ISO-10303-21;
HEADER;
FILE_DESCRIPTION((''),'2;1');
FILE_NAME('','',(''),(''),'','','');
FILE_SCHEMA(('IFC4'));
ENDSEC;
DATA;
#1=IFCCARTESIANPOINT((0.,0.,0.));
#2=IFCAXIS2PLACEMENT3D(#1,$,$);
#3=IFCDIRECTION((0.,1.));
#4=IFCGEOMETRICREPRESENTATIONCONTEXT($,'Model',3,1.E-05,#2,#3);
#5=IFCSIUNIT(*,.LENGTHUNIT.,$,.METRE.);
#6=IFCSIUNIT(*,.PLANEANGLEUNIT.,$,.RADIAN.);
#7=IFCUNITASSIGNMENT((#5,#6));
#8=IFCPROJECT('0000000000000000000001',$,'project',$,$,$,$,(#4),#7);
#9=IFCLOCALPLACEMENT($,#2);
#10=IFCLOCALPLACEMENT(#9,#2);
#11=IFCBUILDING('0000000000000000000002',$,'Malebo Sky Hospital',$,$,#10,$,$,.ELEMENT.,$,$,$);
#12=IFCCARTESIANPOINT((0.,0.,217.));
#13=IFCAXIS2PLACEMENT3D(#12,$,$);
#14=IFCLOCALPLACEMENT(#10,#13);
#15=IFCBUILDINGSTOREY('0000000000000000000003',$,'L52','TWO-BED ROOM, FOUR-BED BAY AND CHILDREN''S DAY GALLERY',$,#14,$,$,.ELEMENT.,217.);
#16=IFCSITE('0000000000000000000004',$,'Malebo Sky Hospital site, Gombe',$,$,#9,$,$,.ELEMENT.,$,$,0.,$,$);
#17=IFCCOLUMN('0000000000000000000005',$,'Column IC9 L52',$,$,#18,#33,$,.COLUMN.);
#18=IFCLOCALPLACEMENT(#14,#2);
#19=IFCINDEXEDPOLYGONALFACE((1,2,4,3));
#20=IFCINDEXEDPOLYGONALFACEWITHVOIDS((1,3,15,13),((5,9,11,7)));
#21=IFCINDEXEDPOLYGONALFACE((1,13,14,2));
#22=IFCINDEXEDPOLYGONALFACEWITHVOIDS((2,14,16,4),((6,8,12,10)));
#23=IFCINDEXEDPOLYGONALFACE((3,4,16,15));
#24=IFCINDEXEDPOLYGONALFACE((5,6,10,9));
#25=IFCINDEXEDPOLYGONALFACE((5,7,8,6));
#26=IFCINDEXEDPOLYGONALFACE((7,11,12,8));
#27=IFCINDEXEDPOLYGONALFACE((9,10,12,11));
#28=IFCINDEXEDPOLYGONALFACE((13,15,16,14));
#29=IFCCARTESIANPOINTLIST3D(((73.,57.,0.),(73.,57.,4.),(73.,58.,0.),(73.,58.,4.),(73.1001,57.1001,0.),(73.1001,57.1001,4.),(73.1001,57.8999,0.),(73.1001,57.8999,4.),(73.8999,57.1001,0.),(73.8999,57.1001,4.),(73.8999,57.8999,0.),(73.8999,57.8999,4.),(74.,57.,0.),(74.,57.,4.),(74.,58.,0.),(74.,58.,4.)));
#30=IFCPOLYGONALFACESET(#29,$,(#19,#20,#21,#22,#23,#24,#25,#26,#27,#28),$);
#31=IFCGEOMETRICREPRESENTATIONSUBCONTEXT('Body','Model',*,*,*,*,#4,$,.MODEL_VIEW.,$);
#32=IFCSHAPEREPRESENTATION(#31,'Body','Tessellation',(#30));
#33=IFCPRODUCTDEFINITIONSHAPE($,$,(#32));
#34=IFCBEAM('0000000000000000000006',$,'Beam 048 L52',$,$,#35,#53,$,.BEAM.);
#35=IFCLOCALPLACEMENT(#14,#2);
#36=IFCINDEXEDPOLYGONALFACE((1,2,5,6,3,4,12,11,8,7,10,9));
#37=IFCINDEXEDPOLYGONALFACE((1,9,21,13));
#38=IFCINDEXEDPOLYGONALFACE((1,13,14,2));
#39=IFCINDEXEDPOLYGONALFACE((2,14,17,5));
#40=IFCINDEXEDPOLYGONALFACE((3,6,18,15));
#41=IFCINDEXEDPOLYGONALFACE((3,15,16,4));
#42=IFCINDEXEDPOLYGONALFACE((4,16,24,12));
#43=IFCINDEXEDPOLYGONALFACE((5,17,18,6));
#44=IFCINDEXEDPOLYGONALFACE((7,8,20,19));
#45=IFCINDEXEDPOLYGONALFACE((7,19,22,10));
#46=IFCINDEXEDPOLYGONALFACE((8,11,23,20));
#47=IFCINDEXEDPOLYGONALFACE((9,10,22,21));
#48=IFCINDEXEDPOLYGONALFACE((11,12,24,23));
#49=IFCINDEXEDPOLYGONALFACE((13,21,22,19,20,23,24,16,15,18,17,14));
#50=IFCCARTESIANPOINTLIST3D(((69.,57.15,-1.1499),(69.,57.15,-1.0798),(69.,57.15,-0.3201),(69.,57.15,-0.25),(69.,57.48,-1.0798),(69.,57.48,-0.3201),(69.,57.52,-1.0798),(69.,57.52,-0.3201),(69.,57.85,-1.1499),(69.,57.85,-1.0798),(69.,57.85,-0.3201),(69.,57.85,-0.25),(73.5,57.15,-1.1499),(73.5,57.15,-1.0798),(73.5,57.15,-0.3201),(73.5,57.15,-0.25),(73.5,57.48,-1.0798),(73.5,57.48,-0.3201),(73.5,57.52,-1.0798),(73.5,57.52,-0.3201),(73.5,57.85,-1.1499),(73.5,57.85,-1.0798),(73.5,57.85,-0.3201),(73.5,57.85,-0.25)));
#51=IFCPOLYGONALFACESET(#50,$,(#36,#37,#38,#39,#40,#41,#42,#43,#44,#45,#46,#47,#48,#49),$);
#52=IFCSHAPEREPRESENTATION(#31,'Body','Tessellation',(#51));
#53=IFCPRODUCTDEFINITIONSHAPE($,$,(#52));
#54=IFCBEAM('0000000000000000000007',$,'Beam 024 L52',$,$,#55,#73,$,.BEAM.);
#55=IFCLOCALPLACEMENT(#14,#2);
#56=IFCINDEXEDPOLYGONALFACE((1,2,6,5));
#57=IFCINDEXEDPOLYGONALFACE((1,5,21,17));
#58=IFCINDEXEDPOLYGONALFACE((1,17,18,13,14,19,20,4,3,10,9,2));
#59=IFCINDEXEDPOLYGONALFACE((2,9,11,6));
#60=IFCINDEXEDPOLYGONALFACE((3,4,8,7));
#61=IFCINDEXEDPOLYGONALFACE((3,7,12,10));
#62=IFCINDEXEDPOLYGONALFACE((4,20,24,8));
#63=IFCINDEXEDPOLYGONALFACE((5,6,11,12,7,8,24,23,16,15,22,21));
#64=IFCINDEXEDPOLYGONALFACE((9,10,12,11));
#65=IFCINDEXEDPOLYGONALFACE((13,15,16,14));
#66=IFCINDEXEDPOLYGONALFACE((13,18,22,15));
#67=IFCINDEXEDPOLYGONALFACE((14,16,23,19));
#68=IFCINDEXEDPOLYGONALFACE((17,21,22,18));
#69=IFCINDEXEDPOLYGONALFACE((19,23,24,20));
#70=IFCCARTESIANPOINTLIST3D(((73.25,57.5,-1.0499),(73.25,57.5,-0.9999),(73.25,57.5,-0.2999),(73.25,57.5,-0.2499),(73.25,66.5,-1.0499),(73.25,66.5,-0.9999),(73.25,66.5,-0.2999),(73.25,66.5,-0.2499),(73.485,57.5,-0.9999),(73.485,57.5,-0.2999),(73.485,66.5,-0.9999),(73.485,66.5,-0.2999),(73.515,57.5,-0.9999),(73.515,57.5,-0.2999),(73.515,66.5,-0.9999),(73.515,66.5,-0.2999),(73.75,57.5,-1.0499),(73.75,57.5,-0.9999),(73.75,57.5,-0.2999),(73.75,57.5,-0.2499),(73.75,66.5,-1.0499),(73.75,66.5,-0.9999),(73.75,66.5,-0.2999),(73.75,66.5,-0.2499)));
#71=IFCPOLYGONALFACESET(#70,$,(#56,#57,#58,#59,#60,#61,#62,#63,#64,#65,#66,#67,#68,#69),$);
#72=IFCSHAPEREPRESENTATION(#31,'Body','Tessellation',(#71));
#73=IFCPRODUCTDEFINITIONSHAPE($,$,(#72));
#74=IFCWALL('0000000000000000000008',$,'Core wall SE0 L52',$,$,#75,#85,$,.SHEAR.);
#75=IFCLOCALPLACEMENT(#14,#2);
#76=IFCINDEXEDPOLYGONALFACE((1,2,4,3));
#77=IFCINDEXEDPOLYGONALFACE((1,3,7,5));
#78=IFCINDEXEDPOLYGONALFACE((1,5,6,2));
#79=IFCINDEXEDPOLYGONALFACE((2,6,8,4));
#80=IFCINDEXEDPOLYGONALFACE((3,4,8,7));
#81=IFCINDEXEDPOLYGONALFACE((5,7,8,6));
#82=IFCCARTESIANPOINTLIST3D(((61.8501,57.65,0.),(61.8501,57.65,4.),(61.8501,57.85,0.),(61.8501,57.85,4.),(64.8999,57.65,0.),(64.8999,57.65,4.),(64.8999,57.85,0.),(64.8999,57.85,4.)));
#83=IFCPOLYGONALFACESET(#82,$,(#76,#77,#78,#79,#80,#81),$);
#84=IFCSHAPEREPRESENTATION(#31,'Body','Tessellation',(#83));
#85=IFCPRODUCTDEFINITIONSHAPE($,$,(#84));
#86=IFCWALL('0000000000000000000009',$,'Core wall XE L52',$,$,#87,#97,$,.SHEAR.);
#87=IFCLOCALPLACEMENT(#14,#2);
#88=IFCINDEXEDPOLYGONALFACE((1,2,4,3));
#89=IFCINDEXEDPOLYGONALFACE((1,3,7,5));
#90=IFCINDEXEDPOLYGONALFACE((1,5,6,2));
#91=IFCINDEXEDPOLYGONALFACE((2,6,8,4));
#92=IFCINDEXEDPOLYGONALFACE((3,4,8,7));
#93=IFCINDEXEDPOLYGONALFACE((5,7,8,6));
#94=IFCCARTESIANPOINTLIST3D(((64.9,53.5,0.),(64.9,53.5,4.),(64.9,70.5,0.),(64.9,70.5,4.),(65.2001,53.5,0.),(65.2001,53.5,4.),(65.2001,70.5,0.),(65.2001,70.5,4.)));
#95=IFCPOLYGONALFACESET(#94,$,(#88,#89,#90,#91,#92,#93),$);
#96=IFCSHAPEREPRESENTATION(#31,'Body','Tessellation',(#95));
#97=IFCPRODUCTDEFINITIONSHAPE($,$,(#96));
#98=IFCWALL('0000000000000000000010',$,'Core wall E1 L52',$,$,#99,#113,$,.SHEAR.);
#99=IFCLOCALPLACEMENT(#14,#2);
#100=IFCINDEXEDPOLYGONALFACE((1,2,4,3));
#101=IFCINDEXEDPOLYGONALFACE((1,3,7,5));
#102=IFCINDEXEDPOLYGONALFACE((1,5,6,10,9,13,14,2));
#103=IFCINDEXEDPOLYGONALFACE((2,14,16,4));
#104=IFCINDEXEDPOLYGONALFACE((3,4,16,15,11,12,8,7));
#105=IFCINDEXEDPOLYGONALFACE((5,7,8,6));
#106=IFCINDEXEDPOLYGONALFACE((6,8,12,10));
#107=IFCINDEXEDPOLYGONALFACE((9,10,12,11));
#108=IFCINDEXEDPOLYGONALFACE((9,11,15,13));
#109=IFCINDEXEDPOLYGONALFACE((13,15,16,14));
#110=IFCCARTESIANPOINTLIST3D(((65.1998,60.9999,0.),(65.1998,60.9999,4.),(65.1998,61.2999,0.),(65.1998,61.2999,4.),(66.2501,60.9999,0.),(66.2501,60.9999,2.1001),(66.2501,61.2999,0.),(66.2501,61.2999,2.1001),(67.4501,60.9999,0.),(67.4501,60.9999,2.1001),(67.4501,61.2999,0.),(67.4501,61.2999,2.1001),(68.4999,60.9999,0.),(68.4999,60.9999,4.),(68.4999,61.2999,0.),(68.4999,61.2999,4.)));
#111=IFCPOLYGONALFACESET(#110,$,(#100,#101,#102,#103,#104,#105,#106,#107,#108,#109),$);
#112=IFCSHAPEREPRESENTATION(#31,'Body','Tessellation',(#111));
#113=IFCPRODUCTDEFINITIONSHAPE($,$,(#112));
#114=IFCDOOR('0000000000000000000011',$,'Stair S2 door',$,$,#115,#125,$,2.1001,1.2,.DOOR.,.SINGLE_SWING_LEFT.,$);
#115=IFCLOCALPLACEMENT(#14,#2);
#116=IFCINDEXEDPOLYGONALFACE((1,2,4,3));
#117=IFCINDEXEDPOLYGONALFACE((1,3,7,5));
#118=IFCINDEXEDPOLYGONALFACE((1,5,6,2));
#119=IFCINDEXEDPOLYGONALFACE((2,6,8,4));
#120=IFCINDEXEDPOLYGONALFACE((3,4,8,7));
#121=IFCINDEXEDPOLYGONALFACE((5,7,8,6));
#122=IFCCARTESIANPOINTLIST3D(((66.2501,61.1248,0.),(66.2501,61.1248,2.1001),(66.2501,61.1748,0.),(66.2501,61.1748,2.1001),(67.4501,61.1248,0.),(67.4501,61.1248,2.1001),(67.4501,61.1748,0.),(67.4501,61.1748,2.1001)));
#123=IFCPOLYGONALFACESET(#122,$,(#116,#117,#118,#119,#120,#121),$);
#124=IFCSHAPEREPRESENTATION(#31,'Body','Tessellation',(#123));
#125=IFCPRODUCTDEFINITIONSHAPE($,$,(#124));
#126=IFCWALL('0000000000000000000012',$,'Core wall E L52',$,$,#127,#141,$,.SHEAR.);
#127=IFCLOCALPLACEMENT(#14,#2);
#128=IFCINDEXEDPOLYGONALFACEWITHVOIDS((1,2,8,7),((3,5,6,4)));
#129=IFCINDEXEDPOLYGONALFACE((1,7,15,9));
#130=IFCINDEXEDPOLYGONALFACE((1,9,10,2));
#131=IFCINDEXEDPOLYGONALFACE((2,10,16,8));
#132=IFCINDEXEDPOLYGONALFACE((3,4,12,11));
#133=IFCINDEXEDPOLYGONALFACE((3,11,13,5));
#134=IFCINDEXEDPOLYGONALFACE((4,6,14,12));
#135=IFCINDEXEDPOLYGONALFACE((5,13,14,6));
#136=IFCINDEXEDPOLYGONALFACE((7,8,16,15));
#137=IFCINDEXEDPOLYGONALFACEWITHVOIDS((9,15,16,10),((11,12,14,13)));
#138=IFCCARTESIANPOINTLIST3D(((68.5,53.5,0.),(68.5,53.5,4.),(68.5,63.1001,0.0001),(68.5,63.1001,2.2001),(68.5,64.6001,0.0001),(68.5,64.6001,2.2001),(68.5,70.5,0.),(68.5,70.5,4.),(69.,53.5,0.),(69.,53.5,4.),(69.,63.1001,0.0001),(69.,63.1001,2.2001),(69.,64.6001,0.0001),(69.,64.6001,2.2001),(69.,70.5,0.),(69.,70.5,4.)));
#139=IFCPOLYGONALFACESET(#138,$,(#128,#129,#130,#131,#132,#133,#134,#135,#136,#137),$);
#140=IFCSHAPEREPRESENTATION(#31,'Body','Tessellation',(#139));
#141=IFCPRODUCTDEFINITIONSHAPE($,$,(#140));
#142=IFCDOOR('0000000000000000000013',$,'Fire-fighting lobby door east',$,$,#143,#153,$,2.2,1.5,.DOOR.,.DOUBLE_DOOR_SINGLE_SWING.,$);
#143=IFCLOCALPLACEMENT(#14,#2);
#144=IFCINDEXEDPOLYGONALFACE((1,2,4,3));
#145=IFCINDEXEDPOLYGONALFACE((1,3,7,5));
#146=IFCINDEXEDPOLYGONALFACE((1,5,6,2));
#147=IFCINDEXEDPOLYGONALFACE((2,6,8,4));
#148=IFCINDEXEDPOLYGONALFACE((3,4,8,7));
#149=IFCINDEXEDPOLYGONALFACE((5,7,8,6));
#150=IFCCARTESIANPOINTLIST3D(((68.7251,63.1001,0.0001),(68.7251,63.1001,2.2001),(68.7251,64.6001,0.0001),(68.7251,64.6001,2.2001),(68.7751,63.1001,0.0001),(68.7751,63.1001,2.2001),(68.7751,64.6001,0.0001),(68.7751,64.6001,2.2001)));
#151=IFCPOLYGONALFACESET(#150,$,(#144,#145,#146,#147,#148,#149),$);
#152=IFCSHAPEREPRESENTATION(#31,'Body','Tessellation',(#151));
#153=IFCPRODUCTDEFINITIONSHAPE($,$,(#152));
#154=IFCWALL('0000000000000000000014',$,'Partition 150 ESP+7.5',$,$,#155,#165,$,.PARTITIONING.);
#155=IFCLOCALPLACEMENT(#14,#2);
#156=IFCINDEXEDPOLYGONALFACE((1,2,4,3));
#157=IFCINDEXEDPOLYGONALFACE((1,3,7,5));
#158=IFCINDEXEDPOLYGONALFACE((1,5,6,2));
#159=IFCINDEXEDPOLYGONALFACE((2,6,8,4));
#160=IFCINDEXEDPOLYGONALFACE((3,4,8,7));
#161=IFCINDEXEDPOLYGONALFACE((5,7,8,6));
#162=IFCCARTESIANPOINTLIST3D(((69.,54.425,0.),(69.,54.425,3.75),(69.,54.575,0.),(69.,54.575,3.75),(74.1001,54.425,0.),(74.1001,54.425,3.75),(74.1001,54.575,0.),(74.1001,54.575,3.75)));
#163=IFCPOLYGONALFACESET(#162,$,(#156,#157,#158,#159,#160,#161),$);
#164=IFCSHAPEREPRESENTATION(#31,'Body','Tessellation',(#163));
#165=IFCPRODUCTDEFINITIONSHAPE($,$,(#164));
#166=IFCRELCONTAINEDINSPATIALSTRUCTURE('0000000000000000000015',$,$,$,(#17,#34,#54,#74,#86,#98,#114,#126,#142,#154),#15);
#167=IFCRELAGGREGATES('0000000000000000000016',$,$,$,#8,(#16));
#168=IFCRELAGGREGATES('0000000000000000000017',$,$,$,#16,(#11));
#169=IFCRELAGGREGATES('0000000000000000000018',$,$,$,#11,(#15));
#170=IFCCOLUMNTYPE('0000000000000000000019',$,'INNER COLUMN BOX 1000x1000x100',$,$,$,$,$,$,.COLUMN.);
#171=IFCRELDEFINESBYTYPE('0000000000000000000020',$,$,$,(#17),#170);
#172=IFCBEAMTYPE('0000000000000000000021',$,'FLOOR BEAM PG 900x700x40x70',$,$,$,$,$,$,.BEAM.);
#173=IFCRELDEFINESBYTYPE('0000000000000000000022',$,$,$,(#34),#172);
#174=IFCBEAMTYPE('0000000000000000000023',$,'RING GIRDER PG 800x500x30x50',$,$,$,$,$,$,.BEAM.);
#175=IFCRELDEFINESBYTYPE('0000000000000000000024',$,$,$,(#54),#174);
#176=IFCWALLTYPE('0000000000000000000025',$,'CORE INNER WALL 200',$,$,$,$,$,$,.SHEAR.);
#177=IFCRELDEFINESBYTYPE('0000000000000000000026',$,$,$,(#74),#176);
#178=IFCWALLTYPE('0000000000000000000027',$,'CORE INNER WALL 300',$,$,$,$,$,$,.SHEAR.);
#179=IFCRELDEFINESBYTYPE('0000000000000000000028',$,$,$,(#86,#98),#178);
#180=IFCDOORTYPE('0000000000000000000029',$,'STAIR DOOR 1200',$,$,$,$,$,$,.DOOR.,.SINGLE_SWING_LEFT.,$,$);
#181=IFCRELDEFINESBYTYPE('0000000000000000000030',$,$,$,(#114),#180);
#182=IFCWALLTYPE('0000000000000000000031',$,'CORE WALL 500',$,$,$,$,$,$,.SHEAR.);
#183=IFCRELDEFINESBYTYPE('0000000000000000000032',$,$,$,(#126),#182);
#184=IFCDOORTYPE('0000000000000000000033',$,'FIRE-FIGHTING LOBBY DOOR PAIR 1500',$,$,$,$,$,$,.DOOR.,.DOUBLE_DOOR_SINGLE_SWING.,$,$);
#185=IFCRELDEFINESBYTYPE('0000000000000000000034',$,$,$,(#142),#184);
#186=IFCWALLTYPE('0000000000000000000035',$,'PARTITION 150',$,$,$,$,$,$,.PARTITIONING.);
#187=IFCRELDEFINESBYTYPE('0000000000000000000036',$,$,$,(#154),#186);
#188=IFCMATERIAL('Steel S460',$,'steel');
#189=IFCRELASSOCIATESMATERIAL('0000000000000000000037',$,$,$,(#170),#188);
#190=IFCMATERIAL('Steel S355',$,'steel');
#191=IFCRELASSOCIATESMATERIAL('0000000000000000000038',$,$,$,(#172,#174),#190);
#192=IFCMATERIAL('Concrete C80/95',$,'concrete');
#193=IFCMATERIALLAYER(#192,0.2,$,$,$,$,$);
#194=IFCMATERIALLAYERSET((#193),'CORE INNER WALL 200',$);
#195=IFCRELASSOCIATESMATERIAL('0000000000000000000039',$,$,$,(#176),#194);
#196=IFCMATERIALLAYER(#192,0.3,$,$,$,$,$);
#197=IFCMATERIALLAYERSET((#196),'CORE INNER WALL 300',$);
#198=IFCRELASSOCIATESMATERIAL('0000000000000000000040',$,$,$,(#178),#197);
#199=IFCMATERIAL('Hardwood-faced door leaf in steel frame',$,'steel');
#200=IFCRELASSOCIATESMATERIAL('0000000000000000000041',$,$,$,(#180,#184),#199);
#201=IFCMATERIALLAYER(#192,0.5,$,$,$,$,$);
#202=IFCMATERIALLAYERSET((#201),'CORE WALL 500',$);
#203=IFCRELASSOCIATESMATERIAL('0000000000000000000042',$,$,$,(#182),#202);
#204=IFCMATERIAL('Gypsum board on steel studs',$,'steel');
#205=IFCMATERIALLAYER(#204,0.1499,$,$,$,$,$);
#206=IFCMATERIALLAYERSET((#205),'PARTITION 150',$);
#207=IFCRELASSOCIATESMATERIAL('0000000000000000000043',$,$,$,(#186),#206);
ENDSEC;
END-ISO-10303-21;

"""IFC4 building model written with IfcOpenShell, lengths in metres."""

from ifc_helpers import new_model, si_unit, direction, frame, frame_2d, origin, origin_2d, place, context, subcontext, project, spatial, rectangle, hollow_rectangle, i_section, extrude, material, layer, layer_set, material_profile, profile_set, type_object, element, fill, save


model = new_model("IFC4")

# Units and contexts
model_context = context("Model", 3, precision=1e-05, world=origin(), true_north=direction((0.0, 1.0)))
body_context = subcontext(model_context, "Body", "Model", "MODEL_VIEW")
ifc_project = project(units=[si_unit("LENGTHUNIT", "METRE"), si_unit("PLANEANGLEUNIT", "RADIAN")], contexts=[model_context])

# Site, building, storey
site_placement = place(None, origin())
site = spatial("IfcSite", under=ifc_project, at=site_placement, Name="Malebo Sky Hospital site, Gombe", CompositionType="ELEMENT", RefElevation=0.0)
building_placement = place(site_placement, origin())
building = spatial("IfcBuilding", under=site, at=building_placement, Name="Malebo Sky Hospital", CompositionType="ELEMENT")
storey_placement = place(building_placement, frame((0.0, 0.0, 217.0)))
storey = spatial("IfcBuildingStorey", under=building, at=storey_placement, Name="L52", Description="TWO-BED ROOM, FOUR-BED BAY AND CHILDREN'S DAY GALLERY", CompositionType="ELEMENT", Elevation=217.0)

# Column
ifc_material_1 = material(Name="Steel S460", Category="steel")
ifc_material_profile_1 = material_profile(ifc_material_1, hollow_rectangle(XDim=1.0, YDim=1.0, WallThickness=0.1001, at=origin_2d()), Name="BOX 1000x1000x100")
ifc_profile_set_1 = profile_set([ifc_material_profile_1], Name="Steel S460")
column_type = type_object("IfcColumnType", Name="INNER COLUMN BOX 1000x1000x100", PredefinedType="COLUMN", material=ifc_profile_set_1)
column_placement = place(storey_placement, frame((73.5, 57.5, 0.0), z_axis=(0.0, 0.0, 1.0), x_axis=(1.0, 0.0, 0.0)))
element("IfcColumn", 1, at=column_placement, inside=storey, type_object=column_type, Name="Column IC9 L52", PredefinedType="COLUMN", context=body_context, shape_type="SweptSolid", body=[
    extrude(hollow_rectangle(XDim=1.0, YDim=1.0, WallThickness=0.1001, at=origin_2d()), origin(), (0.0, 0.0, 1.0), 4.0),
])

# Beams
ifc_material_2 = material(Name="Steel S355", Category="steel")
ifc_material_profile_2 = material_profile(ifc_material_2, i_section(OverallWidth=0.7, OverallDepth=0.8999, WebThickness=0.04, FlangeThickness=0.0701, at=origin_2d()), Name="PG 900x700x40x70")
ifc_profile_set_2 = profile_set([ifc_material_profile_2], Name="Steel S355")
beam_type_1 = type_object("IfcBeamType", Name="FLOOR BEAM PG 900x700x40x70", PredefinedType="BEAM", material=ifc_profile_set_2)
beam_1_placement = place(storey_placement, frame((69.0, 57.5, -0.7), z_axis=(1.0, 0.0, 0.0), x_axis=(0.0, 1.0, 0.0)))
element("IfcBeam", 2, at=beam_1_placement, inside=storey, type_object=beam_type_1, Name="Beam 048 L52", PredefinedType="BEAM", context=body_context, shape_type="SweptSolid", body=[
    extrude(i_section(OverallWidth=0.7, OverallDepth=0.8999, WebThickness=0.04, FlangeThickness=0.0701, at=origin_2d()), origin(), (0.0, 0.0, 1.0), 4.5),
])
ifc_material_profile_3 = material_profile(ifc_material_2, i_section(OverallWidth=0.5, OverallDepth=0.8, WebThickness=0.03, FlangeThickness=0.05, at=origin_2d()), Name="PG 800x500x30x50")
ifc_profile_set_3 = profile_set([ifc_material_profile_3], Name="Steel S355")
beam_type_2 = type_object("IfcBeamType", Name="RING GIRDER PG 800x500x30x50", PredefinedType="BEAM", material=ifc_profile_set_3)
beam_2_placement = place(storey_placement, frame((73.5, 57.5, -0.6499), z_axis=(0.0, 1.0, 0.0), x_axis=(-1.0, 0.0, 0.0)))
element("IfcBeam", 3, at=beam_2_placement, inside=storey, type_object=beam_type_2, Name="Beam 024 L52", PredefinedType="BEAM", context=body_context, shape_type="SweptSolid", body=[
    extrude(i_section(OverallWidth=0.5, OverallDepth=0.8, WebThickness=0.03, FlangeThickness=0.05, at=origin_2d()), origin(), (0.0, 0.0, 1.0), 9.0),
])

# Walls
ifc_material_3 = material(Name="Concrete C80/95", Category="concrete")
ifc_layer_1 = layer(ifc_material_3, 0.2)
ifc_layer_set_1 = layer_set([ifc_layer_1], Name="CORE INNER WALL 200")
wall_type_1 = type_object("IfcWallType", Name="CORE INNER WALL 200", PredefinedType="SHEAR", material=ifc_layer_set_1)
wall_1_placement = place(storey_placement, frame((61.8501, 57.75, 0.0), z_axis=(0.0, 0.0, 1.0), x_axis=(1.0, 0.0, 0.0)))
element("IfcWall", 4, at=wall_1_placement, inside=storey, type_object=wall_type_1, Name="Core wall SE0 L52", PredefinedType="SHEAR", context=body_context, shape_type="SweptSolid", body=[
    extrude(rectangle(XDim=3.0498, YDim=0.2, at=frame_2d((1.5249, 0.0))), origin(), (0.0, 0.0, 1.0), 4.0),
])
ifc_layer_2 = layer(ifc_material_3, 0.3)
ifc_layer_set_2 = layer_set([ifc_layer_2], Name="CORE INNER WALL 300")
wall_type_2 = type_object("IfcWallType", Name="CORE INNER WALL 300", PredefinedType="SHEAR", material=ifc_layer_set_2)
wall_2_placement = place(storey_placement, frame((65.05, 53.5, 0.0), z_axis=(0.0, 0.0, 1.0), x_axis=(0.0, 1.0, 0.0)))
element("IfcWall", 5, at=wall_2_placement, inside=storey, type_object=wall_type_2, Name="Core wall XE L52", PredefinedType="SHEAR", context=body_context, shape_type="SweptSolid", body=[
    extrude(rectangle(XDim=17.0, YDim=0.3, at=frame_2d((8.5, 0.0))), origin(), (0.0, 0.0, 1.0), 4.0),
])

# Walls, openings, doors
wall_3_placement = place(storey_placement, frame((65.2, 61.1499, 0.0), z_axis=(0.0, 0.0, 1.0), x_axis=(1.0, 0.0, 0.0)))
wall_3 = element("IfcWall", 6, at=wall_3_placement, inside=storey, type_object=wall_type_2, Name="Core wall E1 L52", PredefinedType="SHEAR", context=body_context, shape_type="SweptSolid", body=[
    extrude(rectangle(XDim=3.3, YDim=0.3, at=frame_2d((1.6499, 0.0))), origin(), (0.0, 0.0, 1.0), 4.0),
])
opening_1_placement = place(wall_3_placement, frame((1.05, 0.0, 0.0)))
opening_1 = element("IfcOpeningElement", 7, at=opening_1_placement, cuts=wall_3, PredefinedType="OPENING", context=body_context, shape_type="SweptSolid", body=[
    extrude(rectangle(XDim=1.2, YDim=2.1001, at=frame_2d((0.6001, 1.05))), frame((0.0, 0.1599, 0.0), z_axis=(0.0, -1.0, 0.0), x_axis=(1.0, 0.0, 0.0)), (0.0, 0.0, 1.0), 0.3201),
])
ifc_material_4 = material(Name="Hardwood-faced door leaf in steel frame", Category="steel")
door_type_1 = type_object("IfcDoorType", Name="STAIR DOOR 1200", OperationType="SINGLE_SWING_LEFT", PredefinedType="DOOR", material=ifc_material_4)
door_1_placement = place(opening_1_placement, origin())
door_1 = element("IfcDoor", 8, at=door_1_placement, inside=storey, type_object=door_type_1, Name="Stair S2 door", OperationType="SINGLE_SWING_LEFT", OverallHeight=2.1001, OverallWidth=1.2, PredefinedType="DOOR", context=body_context, shape_type="SweptSolid", body=[
    extrude(rectangle(XDim=1.2, YDim=2.1001, at=frame_2d((0.6001, 1.05))), frame((0.0, 0.0249, 0.0), z_axis=(0.0, -1.0, 0.0), x_axis=(1.0, 0.0, 0.0)), (0.0, 0.0, 1.0), 0.05),
])
fill(opening_1, door_1)
ifc_layer_3 = layer(ifc_material_3, 0.5)
ifc_layer_set_3 = layer_set([ifc_layer_3], Name="CORE WALL 500")
wall_type_3 = type_object("IfcWallType", Name="CORE WALL 500", PredefinedType="SHEAR", material=ifc_layer_set_3)
wall_4_placement = place(storey_placement, frame((68.75, 53.5, 0.0), z_axis=(0.0, 0.0, 1.0), x_axis=(0.0, 1.0, 0.0)))
wall_4 = element("IfcWall", 9, at=wall_4_placement, inside=storey, type_object=wall_type_3, Name="Core wall E L52", PredefinedType="SHEAR", context=body_context, shape_type="SweptSolid", body=[
    extrude(rectangle(XDim=17.0, YDim=0.5, at=frame_2d((8.5, 0.0))), origin(), (0.0, 0.0, 1.0), 4.0),
])
opening_2_placement = place(wall_4_placement, frame((9.6001, 0.0, 0.0)))
opening_2 = element("IfcOpeningElement", 10, at=opening_2_placement, cuts=wall_4, PredefinedType="OPENING", context=body_context, shape_type="SweptSolid", body=[
    extrude(rectangle(XDim=1.5, YDim=2.2, at=frame_2d((0.75, 1.1001))), frame((0.0, 0.26, 0.0), z_axis=(0.0, -1.0, 0.0), x_axis=(1.0, 0.0, 0.0)), (0.0, 0.0, 1.0), 0.52),
])
door_type_2 = type_object("IfcDoorType", Name="FIRE-FIGHTING LOBBY DOOR PAIR 1500", OperationType="DOUBLE_DOOR_SINGLE_SWING", PredefinedType="DOOR", material=ifc_material_4)
door_2_placement = place(opening_2_placement, origin())
door_2 = element("IfcDoor", 11, at=door_2_placement, inside=storey, type_object=door_type_2, Name="Fire-fighting lobby door east", OperationType="DOUBLE_DOOR_SINGLE_SWING", OverallHeight=2.2, OverallWidth=1.5, PredefinedType="DOOR", context=body_context, shape_type="SweptSolid", body=[
    extrude(rectangle(XDim=1.5, YDim=2.2, at=frame_2d((0.75, 1.1001))), frame((0.0, 0.0249, 0.0), z_axis=(0.0, -1.0, 0.0), x_axis=(1.0, 0.0, 0.0)), (0.0, 0.0, 1.0), 0.05),
])
fill(opening_2, door_2)

# Wall
ifc_material_5 = material(Name="Gypsum board on steel studs", Category="steel")
ifc_layer_4 = layer(ifc_material_5, 0.1499)
ifc_layer_set_4 = layer_set([ifc_layer_4], Name="PARTITION 150")
wall_type_4 = type_object("IfcWallType", Name="PARTITION 150", PredefinedType="PARTITIONING", material=ifc_layer_set_4)
wall_5_placement = place(storey_placement, frame((69.0, 54.5, 0.0), z_axis=(0.0, 0.0, 1.0), x_axis=(1.0, 0.0, 0.0)))
element("IfcWall", 12, at=wall_5_placement, inside=storey, type_object=wall_type_4, Name="Partition 150 ESP+7.5", PredefinedType="PARTITIONING", context=body_context, shape_type="SweptSolid", body=[
    extrude(rectangle(XDim=5.1001, YDim=0.1499, at=frame_2d((2.55, 0.0))), origin(), (0.0, 0.0, 1.0), 3.75),
])

save(model, "model.ifc")
